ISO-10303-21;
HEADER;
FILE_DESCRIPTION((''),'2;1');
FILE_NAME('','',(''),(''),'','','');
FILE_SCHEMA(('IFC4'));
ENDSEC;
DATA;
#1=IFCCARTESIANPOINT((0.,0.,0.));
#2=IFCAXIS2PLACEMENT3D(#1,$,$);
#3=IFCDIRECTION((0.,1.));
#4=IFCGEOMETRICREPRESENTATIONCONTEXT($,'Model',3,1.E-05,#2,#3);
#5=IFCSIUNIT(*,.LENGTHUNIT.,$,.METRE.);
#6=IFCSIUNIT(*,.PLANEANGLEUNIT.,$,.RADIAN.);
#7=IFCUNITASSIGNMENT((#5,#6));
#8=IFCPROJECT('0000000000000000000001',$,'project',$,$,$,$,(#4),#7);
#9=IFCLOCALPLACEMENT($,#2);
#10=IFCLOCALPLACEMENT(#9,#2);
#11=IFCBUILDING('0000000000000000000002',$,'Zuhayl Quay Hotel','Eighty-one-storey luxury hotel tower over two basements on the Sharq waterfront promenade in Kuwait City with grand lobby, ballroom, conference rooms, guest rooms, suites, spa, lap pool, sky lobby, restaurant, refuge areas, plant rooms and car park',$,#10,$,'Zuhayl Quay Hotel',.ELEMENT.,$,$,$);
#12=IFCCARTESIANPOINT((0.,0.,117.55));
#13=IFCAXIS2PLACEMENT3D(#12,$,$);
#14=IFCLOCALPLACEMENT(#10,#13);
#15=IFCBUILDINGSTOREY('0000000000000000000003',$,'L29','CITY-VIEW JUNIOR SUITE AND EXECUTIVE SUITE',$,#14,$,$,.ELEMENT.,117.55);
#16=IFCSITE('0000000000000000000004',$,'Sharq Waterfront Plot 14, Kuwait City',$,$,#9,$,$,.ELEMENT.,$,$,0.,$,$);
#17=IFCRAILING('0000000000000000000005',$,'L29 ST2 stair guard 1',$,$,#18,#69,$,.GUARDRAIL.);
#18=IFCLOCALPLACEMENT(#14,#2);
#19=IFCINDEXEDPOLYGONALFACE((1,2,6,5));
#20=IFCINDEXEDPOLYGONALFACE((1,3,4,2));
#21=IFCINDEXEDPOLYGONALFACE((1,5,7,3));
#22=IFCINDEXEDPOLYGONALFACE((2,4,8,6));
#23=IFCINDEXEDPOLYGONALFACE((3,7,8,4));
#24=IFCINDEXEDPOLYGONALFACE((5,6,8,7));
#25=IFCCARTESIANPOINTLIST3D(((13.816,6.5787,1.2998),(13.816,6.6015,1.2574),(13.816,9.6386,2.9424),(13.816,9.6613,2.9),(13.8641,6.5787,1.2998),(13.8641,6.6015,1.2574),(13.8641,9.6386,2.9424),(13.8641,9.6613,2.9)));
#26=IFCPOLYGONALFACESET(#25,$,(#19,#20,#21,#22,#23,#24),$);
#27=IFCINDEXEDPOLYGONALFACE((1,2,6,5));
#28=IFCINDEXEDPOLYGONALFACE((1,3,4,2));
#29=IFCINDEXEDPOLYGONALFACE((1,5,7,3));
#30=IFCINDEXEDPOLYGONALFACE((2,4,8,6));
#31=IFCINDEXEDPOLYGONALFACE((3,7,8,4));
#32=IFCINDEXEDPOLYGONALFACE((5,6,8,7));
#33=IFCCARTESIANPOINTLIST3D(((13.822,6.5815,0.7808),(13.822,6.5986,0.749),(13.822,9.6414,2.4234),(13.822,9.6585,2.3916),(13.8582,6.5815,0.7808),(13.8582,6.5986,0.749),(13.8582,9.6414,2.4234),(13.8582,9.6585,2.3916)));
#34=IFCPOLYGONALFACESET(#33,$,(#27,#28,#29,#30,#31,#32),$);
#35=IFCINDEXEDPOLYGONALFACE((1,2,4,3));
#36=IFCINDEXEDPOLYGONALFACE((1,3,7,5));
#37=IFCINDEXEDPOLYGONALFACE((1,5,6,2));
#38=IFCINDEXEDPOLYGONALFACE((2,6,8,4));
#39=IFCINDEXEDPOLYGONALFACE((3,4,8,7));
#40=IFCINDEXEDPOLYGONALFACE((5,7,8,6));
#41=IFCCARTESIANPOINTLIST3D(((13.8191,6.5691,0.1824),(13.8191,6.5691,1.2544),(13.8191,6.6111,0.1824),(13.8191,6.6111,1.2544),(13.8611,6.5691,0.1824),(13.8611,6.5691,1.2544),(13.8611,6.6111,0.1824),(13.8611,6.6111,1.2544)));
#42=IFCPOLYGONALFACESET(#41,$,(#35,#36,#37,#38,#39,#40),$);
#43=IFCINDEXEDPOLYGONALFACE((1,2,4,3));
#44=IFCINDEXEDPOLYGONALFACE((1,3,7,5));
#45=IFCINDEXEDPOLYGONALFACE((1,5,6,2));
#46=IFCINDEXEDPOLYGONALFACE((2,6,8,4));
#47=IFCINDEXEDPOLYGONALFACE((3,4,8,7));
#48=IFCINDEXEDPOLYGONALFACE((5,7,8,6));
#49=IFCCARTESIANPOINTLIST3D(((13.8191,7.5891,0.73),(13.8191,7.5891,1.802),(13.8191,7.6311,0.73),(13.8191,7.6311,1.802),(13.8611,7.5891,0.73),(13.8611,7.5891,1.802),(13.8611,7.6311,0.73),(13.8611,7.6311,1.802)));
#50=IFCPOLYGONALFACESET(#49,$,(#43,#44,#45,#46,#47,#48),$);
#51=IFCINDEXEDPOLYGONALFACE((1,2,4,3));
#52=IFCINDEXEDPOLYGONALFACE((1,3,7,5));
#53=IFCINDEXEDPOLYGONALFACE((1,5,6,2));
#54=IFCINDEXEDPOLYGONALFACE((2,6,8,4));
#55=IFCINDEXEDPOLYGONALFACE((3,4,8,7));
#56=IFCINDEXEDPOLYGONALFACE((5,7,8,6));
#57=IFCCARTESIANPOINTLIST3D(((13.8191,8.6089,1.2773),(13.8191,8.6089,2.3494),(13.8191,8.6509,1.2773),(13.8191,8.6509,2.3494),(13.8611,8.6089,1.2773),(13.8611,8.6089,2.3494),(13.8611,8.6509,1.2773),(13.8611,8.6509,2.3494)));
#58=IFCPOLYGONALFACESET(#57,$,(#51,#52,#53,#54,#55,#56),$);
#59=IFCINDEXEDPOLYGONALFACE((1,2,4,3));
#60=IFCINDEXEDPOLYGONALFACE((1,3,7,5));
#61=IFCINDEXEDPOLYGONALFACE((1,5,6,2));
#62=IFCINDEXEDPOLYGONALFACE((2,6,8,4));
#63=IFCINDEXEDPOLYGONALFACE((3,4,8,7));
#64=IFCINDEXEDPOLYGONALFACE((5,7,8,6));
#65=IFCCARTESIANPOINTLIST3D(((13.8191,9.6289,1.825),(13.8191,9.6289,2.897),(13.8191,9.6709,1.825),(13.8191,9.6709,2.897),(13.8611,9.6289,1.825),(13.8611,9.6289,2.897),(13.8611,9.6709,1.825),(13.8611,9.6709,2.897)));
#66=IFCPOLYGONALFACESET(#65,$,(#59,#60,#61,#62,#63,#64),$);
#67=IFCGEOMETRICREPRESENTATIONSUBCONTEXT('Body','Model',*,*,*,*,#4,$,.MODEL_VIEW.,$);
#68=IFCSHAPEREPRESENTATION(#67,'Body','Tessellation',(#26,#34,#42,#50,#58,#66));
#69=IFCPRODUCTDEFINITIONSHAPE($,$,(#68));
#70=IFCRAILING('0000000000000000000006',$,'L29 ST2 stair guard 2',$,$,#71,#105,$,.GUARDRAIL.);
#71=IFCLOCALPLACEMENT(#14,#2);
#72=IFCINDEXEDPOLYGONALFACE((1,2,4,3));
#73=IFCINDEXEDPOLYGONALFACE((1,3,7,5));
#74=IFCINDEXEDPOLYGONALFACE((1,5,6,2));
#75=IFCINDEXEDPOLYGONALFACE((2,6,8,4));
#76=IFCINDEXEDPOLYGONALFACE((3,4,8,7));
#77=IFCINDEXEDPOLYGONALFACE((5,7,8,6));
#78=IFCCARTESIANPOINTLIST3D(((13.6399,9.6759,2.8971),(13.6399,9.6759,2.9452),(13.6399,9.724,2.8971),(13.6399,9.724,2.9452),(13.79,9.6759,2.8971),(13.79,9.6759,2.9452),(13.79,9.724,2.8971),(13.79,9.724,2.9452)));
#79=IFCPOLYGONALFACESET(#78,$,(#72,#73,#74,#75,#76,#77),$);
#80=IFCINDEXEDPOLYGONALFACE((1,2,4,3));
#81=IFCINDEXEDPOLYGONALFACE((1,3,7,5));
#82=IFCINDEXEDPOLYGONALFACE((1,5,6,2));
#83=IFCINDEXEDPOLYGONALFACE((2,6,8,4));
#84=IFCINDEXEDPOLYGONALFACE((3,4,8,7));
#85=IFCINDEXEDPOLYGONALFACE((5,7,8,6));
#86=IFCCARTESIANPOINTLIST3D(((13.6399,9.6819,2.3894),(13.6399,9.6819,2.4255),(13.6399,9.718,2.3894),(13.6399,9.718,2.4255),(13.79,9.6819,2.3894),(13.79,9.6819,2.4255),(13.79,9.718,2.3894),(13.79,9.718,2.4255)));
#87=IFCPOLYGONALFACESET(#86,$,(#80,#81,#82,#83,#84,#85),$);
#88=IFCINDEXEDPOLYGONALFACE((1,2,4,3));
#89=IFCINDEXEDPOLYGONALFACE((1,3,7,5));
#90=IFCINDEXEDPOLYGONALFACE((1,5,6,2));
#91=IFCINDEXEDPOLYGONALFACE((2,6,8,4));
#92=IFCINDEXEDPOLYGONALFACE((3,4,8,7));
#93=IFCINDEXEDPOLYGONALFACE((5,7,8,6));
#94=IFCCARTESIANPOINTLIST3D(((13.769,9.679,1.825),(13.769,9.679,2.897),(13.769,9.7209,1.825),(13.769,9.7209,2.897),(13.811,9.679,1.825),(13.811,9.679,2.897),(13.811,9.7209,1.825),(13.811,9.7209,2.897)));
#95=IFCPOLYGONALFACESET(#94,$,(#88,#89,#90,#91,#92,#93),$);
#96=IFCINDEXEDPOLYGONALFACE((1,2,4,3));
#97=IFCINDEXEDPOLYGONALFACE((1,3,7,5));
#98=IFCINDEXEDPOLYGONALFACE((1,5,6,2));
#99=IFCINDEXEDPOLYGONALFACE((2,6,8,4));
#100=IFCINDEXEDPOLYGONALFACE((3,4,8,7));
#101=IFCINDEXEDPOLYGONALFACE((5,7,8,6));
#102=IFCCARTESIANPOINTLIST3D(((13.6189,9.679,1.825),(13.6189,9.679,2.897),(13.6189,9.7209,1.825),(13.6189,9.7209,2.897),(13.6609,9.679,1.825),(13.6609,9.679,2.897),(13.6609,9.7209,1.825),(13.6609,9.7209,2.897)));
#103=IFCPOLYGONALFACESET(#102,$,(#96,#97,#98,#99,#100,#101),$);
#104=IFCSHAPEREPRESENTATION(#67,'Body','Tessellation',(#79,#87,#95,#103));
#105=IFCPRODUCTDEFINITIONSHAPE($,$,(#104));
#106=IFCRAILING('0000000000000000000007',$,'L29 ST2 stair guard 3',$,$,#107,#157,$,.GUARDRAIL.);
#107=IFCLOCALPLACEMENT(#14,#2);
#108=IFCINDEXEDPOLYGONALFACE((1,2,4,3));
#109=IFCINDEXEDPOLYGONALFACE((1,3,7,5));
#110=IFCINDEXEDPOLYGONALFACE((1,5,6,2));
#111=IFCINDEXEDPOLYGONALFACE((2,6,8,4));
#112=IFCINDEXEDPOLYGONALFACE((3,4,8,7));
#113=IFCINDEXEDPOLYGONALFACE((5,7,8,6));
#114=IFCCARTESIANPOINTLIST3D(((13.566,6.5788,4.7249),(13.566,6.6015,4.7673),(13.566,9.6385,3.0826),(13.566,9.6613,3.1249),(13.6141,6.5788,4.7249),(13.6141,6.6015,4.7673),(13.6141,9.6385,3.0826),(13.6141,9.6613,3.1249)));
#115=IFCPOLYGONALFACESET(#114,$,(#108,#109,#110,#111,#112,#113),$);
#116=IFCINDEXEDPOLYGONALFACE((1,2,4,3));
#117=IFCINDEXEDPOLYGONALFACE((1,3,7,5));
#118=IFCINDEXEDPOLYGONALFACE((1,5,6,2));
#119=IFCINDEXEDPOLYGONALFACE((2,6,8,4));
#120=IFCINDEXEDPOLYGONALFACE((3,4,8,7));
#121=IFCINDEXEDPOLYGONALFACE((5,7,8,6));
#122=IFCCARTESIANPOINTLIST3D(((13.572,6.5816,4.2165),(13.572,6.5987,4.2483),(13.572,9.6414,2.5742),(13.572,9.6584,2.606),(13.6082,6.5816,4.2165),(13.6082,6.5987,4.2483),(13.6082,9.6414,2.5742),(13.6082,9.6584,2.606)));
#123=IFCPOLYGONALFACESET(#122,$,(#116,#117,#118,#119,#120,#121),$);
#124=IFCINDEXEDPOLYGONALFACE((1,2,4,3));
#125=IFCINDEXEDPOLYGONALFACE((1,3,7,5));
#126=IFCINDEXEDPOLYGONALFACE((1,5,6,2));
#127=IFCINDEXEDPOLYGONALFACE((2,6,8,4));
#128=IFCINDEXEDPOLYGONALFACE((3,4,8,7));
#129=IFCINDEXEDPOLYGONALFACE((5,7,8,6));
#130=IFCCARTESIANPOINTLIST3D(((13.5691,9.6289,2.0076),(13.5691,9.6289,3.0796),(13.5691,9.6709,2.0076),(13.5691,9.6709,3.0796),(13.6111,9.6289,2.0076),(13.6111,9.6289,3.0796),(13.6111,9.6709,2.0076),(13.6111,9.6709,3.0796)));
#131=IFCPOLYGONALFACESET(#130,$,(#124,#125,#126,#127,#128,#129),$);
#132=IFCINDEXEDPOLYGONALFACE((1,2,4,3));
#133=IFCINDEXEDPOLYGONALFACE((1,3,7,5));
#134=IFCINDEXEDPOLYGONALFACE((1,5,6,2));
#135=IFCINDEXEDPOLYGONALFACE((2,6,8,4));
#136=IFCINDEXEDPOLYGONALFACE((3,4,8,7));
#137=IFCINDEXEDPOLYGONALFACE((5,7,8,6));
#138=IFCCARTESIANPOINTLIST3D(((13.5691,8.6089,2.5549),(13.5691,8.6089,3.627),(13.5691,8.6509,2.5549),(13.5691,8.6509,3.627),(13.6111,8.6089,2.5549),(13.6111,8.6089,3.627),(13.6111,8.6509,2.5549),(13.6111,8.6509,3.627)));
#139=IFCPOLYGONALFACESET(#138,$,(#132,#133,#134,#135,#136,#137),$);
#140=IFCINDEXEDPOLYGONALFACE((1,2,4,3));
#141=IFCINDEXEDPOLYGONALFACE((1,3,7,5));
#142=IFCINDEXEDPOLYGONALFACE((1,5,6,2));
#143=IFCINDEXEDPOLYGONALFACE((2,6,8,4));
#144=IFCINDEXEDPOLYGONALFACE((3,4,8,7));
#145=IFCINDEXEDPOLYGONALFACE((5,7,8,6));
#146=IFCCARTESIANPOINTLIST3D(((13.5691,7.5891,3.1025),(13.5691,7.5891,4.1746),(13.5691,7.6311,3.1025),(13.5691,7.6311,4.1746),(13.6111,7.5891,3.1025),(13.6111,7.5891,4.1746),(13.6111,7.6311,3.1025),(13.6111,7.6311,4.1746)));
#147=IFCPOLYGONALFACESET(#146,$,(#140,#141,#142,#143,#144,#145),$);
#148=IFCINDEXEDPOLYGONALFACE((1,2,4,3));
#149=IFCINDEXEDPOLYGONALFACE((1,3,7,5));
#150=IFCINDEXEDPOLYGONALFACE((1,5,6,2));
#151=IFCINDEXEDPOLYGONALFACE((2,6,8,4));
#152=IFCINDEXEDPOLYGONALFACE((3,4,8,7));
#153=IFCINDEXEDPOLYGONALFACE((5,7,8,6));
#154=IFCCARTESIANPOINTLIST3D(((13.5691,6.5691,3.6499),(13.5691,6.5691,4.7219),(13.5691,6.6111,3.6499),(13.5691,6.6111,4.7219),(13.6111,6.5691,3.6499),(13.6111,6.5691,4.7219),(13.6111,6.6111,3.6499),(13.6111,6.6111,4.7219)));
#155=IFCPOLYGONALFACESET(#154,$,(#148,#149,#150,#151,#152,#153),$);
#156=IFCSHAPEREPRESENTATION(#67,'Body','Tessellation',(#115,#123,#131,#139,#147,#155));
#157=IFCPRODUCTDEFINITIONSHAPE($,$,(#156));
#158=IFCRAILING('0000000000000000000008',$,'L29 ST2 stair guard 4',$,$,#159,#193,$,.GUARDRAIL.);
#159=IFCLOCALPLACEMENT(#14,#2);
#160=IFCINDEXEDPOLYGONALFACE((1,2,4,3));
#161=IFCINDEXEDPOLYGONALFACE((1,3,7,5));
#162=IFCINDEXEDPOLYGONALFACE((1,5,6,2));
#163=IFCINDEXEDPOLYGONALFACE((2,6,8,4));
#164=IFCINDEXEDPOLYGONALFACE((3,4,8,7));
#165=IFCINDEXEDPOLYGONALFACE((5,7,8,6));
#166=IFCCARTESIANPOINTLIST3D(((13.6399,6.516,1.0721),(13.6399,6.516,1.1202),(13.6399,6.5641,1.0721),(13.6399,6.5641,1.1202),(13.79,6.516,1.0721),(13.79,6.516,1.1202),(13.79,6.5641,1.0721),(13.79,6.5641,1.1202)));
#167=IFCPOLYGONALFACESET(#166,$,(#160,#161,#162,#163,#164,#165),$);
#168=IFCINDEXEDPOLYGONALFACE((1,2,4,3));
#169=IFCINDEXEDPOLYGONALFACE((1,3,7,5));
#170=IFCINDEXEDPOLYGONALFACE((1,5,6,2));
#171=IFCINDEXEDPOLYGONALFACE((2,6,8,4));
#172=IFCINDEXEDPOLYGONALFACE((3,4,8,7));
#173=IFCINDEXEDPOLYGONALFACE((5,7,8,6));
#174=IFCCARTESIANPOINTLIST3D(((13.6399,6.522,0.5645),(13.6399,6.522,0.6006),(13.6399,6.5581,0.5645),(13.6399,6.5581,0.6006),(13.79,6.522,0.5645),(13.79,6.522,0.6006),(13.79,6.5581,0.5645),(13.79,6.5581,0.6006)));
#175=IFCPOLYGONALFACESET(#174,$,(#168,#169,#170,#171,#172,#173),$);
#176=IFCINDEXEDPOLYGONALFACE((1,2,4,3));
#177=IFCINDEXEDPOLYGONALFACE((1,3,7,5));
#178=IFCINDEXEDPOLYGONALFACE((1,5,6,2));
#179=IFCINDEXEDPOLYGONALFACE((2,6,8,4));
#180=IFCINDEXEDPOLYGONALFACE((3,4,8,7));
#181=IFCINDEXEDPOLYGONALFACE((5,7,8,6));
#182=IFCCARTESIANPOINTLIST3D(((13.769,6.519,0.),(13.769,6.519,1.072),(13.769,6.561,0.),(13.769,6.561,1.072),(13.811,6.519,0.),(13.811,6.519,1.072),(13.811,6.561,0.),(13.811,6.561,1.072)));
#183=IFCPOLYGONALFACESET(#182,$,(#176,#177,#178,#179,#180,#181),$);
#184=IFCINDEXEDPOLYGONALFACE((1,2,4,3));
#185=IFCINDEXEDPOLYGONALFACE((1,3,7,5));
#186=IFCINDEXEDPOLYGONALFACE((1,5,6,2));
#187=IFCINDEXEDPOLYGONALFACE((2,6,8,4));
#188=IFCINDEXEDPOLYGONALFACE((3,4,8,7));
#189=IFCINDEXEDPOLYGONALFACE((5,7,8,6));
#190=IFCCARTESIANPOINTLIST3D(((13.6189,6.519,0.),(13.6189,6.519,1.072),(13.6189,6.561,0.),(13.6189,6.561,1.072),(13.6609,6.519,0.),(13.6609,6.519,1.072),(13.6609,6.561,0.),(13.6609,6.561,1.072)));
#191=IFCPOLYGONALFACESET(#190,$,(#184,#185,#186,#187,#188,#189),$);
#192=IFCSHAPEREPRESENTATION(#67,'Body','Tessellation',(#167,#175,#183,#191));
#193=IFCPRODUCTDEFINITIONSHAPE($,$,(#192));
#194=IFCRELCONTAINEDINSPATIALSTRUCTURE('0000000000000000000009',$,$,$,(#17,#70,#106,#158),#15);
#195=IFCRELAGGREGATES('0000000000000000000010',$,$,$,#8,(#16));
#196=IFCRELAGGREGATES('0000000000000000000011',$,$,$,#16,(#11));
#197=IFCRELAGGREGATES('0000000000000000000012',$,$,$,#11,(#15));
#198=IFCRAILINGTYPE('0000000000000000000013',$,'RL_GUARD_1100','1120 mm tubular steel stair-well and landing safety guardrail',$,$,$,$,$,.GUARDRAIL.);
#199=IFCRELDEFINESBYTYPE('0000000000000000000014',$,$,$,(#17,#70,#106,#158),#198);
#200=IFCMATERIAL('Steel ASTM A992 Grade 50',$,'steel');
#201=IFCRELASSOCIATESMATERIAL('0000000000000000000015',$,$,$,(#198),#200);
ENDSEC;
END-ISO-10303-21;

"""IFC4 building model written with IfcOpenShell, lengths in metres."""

from ifc_helpers import new_model, si_unit, direction, frame, origin, origin_2d, place, context, subcontext, project, spatial, rectangle, extrude, material, type_object, element, save


model = new_model("IFC4")

# Units and contexts
model_context = context("Model", 3, precision=1e-05, world=origin(), true_north=direction((0.0, 1.0)))
body_context = subcontext(model_context, "Body", "Model", "MODEL_VIEW")
ifc_project = project(units=[si_unit("LENGTHUNIT", "METRE"), si_unit("PLANEANGLEUNIT", "RADIAN")], contexts=[model_context])

# Site, building, storey
site_placement = place(None, origin())
site = spatial("IfcSite", under=ifc_project, at=site_placement, Name="Sharq Waterfront Plot 14, Kuwait City", CompositionType="ELEMENT", RefElevation=0.0)
building_placement = place(site_placement, origin())
building = spatial("IfcBuilding", under=site, at=building_placement, Name="Zuhayl Quay Hotel", Description="Eighty-one-storey luxury hotel tower over two basements on the Sharq waterfront promenade in Kuwait City with grand lobby, ballroom, conference rooms, guest rooms, suites, spa, lap pool, sky lobby, restaurant, refuge areas, plant rooms and car park", LongName="Zuhayl Quay Hotel", CompositionType="ELEMENT")
storey_placement = place(building_placement, frame((0.0, 0.0, 117.55)))
storey = spatial("IfcBuildingStorey", under=building, at=storey_placement, Name="L29", Description="CITY-VIEW JUNIOR SUITE AND EXECUTIVE SUITE", CompositionType="ELEMENT", Elevation=117.55)

# Shared definitions
ifc_material_1 = material(Name="Steel ASTM A992 Grade 50", Category="steel")

# Railings
railing_type_1 = type_object("IfcRailingType", Name="RL_GUARD_1100", Description="1120 mm tubular steel stair-well and landing safety guardrail", PredefinedType="GUARDRAIL", material=ifc_material_1)
railing_1_placement = place(storey_placement, frame((13.8401, 6.5901, 0.1824)))
element("IfcRailing", 1, at=railing_1_placement, inside=storey, type_object=railing_type_1, Name="L29 ST2 stair guard 1", PredefinedType="GUARDRAIL", context=body_context, shape_type="SweptSolid", body=[
    extrude(rectangle(XDim=0.0481, YDim=0.0481, at=origin_2d()), frame((0.0, 0.0, 1.0962), z_axis=(0.0, 0.881073, 0.47298), x_axis=(-1.0, 0.0, 0.0)), (0.0, 0.0, 1.0), 3.4729),
    extrude(rectangle(XDim=0.0361, YDim=0.0361, at=origin_2d()), frame((0.0, 0.0, 0.5825), z_axis=(0.0, 0.881073, 0.47298), x_axis=(-1.0, 0.0, 0.0)), (0.0, 0.0, 1.0), 3.4729),
    extrude(rectangle(XDim=0.042, YDim=0.042, at=origin_2d()), origin(), (0.0, 0.0, 1.0), 1.072),
    extrude(rectangle(XDim=0.042, YDim=0.042, at=origin_2d()), frame((0.0, 1.02, 0.5476)), (0.0, 0.0, 1.0), 1.072),
    extrude(rectangle(XDim=0.042, YDim=0.042, at=origin_2d()), frame((0.0, 2.0398, 1.095)), (0.0, 0.0, 1.0), 1.072),
    extrude(rectangle(XDim=0.042, YDim=0.042, at=origin_2d()), frame((0.0, 3.0598, 1.6426)), (0.0, 0.0, 1.0), 1.072),
])
railing_2_placement = place(storey_placement, frame((13.79, 9.7, 1.825)))
element("IfcRailing", 2, at=railing_2_placement, inside=storey, type_object=railing_type_1, Name="L29 ST2 stair guard 2", PredefinedType="GUARDRAIL", context=body_context, shape_type="SweptSolid", body=[
    extrude(rectangle(XDim=0.0481, YDim=0.0481, at=origin_2d()), frame((0.0, 0.0, 1.0962), z_axis=(-1.0, 0.0, 0.0), x_axis=(0.0, -1.0, 0.0)), (0.0, 0.0, 1.0), 0.1501),
    extrude(rectangle(XDim=0.0361, YDim=0.0361, at=origin_2d()), frame((0.0, 0.0, 0.5825), z_axis=(-1.0, 0.0, 0.0), x_axis=(0.0, -1.0, 0.0)), (0.0, 0.0, 1.0), 0.1501),
    extrude(rectangle(XDim=0.042, YDim=0.042, at=origin_2d()), origin(), (0.0, 0.0, 1.0), 1.072),
    extrude(rectangle(XDim=0.042, YDim=0.042, at=origin_2d()), frame((-0.1501, 0.0, 0.0)), (0.0, 0.0, 1.0), 1.072),
])
railing_3_placement = place(storey_placement, frame((13.5901, 9.6499, 2.0076)))
element("IfcRailing", 3, at=railing_3_placement, inside=storey, type_object=railing_type_1, Name="L29 ST2 stair guard 3", PredefinedType="GUARDRAIL", context=body_context, shape_type="SweptSolid", body=[
    extrude(rectangle(XDim=0.0481, YDim=0.0481, at=origin_2d()), frame((0.0, 0.0, 1.0962), z_axis=(0.0, -0.881102, 0.472926), x_axis=(1.0, 0.0, 0.0)), (0.0, 0.0, 1.0), 3.4727),
    extrude(rectangle(XDim=0.0361, YDim=0.0361, at=origin_2d()), frame((0.0, 0.0, 0.5825), z_axis=(0.0, -0.881102, 0.472926), x_axis=(1.0, 0.0, 0.0)), (0.0, 0.0, 1.0), 3.4727),
    extrude(rectangle(XDim=0.042, YDim=0.042, at=origin_2d()), origin(), (0.0, 0.0, 1.0), 1.072),
    extrude(rectangle(XDim=0.042, YDim=0.042, at=origin_2d()), frame((0.0, -1.02, 0.5474)), (0.0, 0.0, 1.0), 1.072),
    extrude(rectangle(XDim=0.042, YDim=0.042, at=origin_2d()), frame((0.0, -2.0398, 1.095)), (0.0, 0.0, 1.0), 1.072),
    extrude(rectangle(XDim=0.042, YDim=0.042, at=origin_2d()), frame((0.0, -3.0598, 1.6423)), (0.0, 0.0, 1.0), 1.072),
])
railing_4_placement = place(storey_placement, frame((13.79, 6.54, 0.0)))
element("IfcRailing", 4, at=railing_4_placement, inside=storey, type_object=railing_type_1, Name="L29 ST2 stair guard 4", PredefinedType="GUARDRAIL", context=body_context, shape_type="SweptSolid", body=[
    extrude(rectangle(XDim=0.0481, YDim=0.0481, at=origin_2d()), frame((0.0, 0.0, 1.0962), z_axis=(-1.0, 0.0, 0.0), x_axis=(0.0, -1.0, 0.0)), (0.0, 0.0, 1.0), 0.1501),
    extrude(rectangle(XDim=0.0361, YDim=0.0361, at=origin_2d()), frame((0.0, 0.0, 0.5825), z_axis=(-1.0, 0.0, 0.0), x_axis=(0.0, -1.0, 0.0)), (0.0, 0.0, 1.0), 0.1501),
    extrude(rectangle(XDim=0.042, YDim=0.042, at=origin_2d()), origin(), (0.0, 0.0, 1.0), 1.072),
    extrude(rectangle(XDim=0.042, YDim=0.042, at=origin_2d()), frame((-0.1501, 0.0, 0.0)), (0.0, 0.0, 1.0), 1.072),
])

save(model, "model.ifc")
